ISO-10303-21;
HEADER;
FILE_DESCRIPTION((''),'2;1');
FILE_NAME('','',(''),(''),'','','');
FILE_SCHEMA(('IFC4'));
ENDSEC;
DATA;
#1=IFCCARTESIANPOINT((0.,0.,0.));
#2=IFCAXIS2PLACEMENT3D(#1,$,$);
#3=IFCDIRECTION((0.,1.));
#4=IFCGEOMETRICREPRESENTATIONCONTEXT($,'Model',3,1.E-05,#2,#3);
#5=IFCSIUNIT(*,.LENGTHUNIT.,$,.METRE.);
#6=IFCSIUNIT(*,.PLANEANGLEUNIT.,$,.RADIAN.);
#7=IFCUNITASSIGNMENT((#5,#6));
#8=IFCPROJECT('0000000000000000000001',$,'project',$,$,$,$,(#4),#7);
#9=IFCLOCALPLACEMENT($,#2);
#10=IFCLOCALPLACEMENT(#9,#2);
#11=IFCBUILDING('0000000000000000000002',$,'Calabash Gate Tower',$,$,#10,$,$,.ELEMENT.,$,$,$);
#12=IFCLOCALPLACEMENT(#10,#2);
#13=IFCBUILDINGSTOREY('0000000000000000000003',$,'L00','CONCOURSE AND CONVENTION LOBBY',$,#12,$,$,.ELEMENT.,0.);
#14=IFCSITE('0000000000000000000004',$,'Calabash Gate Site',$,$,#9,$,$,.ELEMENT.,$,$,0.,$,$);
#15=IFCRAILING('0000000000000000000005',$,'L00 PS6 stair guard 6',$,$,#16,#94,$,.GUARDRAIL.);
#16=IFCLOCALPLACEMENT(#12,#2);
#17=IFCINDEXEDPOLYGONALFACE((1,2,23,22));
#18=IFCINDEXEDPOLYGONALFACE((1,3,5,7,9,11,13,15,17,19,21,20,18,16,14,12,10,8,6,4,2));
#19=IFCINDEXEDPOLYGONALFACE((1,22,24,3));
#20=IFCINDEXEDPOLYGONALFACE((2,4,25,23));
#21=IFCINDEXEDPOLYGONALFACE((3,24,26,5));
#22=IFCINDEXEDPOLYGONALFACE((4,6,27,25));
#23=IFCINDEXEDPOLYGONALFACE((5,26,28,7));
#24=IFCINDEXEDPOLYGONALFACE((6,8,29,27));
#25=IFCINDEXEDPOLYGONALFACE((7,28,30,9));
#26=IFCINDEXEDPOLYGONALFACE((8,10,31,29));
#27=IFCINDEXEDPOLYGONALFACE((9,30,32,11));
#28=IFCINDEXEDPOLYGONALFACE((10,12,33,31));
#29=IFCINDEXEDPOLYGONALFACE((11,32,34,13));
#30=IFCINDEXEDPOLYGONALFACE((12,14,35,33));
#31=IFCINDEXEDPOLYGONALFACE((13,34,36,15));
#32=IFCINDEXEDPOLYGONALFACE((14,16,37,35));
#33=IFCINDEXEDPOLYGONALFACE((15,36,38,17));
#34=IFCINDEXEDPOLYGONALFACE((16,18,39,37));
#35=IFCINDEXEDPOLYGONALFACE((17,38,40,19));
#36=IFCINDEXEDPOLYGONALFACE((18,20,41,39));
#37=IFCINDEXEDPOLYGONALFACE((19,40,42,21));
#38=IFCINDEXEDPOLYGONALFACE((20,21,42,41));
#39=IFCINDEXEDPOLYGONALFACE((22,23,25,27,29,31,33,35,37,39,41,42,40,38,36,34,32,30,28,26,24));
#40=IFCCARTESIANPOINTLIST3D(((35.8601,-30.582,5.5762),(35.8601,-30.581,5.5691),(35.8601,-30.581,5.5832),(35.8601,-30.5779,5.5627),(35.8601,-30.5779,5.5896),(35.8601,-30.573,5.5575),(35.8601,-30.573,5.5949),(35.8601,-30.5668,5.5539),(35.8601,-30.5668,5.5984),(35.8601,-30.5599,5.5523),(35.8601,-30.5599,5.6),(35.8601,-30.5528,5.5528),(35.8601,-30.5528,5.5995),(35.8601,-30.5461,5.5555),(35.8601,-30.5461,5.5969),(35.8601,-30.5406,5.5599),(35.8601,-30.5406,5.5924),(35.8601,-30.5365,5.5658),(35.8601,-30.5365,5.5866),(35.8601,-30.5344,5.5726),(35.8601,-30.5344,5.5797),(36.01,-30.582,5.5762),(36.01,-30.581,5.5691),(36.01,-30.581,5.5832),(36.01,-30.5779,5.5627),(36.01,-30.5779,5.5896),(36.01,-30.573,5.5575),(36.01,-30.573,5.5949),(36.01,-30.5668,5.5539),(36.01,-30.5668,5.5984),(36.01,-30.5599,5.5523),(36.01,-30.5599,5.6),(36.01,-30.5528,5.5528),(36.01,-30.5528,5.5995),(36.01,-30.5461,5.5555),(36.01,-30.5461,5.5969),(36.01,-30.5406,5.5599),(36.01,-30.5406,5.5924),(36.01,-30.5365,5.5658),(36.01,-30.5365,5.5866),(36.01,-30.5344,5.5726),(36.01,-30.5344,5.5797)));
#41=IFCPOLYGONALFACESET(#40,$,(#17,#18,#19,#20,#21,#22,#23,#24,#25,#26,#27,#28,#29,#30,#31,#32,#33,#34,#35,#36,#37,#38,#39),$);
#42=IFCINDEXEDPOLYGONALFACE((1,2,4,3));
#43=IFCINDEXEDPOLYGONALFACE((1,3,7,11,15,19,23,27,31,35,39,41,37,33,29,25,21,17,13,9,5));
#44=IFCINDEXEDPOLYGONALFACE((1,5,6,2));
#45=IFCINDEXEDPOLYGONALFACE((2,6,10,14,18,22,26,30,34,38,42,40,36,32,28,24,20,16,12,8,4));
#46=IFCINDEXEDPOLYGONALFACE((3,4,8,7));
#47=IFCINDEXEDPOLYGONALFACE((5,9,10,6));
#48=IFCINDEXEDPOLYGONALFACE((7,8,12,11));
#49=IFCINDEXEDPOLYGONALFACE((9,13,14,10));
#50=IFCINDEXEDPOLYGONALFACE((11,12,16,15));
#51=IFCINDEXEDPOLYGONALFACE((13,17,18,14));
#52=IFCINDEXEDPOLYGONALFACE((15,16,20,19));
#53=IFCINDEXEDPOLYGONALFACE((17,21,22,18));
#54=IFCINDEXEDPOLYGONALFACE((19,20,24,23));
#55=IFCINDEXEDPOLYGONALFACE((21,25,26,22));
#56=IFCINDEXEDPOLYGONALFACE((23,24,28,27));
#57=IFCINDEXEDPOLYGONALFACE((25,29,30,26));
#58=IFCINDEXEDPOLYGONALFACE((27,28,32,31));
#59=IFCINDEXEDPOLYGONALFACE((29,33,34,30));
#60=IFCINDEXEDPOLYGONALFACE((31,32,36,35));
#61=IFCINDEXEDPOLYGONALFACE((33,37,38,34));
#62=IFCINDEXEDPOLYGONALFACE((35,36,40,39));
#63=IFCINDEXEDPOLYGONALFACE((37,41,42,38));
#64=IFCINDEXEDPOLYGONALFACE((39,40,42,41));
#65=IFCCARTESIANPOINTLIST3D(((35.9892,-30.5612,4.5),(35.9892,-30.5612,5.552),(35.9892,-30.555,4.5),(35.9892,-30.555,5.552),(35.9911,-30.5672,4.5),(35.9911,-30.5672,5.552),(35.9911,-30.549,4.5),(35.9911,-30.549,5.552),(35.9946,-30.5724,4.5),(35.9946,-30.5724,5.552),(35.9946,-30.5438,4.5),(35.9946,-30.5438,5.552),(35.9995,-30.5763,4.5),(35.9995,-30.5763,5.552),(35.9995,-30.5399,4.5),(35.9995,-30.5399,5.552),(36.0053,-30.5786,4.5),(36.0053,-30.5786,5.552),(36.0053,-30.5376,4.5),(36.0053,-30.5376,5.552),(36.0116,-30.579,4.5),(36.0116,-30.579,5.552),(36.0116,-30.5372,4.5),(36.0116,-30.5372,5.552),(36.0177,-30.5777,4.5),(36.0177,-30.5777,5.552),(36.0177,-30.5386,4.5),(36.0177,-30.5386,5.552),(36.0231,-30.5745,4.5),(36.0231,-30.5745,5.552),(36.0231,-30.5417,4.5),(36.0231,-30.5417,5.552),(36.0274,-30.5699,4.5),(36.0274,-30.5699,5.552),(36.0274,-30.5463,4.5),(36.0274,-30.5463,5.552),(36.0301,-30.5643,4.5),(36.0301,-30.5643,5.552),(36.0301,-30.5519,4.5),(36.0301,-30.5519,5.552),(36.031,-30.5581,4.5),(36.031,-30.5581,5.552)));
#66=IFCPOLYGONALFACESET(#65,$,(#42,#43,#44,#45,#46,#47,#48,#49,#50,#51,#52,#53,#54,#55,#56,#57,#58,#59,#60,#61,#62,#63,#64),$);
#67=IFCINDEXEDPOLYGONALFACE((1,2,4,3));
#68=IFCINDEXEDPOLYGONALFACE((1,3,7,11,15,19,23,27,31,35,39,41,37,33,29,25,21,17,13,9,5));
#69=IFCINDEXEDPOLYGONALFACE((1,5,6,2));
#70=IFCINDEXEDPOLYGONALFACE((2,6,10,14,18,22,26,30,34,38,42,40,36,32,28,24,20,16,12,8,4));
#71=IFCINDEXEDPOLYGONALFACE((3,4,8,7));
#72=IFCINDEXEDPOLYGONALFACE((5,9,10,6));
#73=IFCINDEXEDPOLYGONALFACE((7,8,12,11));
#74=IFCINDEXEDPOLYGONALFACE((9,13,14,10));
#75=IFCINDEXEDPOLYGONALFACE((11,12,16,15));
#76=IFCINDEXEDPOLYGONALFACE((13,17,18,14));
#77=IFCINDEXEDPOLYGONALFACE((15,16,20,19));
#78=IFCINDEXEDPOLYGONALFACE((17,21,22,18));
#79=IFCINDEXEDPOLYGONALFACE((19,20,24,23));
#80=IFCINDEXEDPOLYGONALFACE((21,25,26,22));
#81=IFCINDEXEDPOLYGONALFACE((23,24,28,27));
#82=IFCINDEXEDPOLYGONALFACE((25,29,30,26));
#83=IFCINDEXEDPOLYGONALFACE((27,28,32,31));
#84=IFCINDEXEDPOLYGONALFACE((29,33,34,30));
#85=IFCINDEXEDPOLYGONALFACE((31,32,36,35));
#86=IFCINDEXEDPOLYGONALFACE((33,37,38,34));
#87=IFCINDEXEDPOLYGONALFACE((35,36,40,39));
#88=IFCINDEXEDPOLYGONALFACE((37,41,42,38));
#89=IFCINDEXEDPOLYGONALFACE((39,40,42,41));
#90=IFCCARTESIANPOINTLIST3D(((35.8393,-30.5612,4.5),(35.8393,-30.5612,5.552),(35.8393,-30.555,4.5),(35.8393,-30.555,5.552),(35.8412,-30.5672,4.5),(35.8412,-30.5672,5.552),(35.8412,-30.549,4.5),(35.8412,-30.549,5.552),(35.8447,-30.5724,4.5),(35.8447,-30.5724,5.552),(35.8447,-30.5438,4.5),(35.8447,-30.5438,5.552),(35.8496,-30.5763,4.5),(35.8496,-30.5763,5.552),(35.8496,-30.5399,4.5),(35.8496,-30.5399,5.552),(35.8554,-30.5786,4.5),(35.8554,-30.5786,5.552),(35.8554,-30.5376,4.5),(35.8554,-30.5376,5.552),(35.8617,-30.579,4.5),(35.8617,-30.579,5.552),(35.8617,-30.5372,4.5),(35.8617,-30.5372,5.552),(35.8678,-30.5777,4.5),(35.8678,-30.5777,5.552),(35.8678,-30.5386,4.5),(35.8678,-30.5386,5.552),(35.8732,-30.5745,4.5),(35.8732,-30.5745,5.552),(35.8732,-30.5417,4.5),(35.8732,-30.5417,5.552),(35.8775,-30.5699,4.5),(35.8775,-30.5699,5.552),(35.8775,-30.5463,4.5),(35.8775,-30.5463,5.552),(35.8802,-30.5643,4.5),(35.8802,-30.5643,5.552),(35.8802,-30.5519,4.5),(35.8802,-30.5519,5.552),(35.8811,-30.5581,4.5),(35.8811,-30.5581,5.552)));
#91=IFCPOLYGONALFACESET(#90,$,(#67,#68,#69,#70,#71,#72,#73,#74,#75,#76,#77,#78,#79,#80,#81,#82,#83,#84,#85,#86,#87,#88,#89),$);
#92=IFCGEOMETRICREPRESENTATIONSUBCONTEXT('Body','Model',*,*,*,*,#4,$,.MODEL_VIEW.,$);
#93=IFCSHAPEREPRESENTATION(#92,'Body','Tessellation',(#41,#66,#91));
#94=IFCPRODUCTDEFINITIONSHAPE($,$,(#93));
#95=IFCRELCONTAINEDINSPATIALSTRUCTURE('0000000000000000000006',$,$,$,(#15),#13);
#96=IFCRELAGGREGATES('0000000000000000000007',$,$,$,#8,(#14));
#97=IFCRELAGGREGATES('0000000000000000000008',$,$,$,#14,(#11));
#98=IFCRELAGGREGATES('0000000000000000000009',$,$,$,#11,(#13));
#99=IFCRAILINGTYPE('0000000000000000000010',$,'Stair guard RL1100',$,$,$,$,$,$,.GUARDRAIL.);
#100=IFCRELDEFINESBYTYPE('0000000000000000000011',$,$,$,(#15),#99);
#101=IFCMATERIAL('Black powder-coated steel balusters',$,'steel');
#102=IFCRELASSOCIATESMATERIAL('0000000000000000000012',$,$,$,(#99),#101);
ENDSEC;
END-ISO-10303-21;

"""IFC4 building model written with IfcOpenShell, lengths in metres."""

from ifc_helpers import new_model, si_unit, direction, frame, origin, origin_2d, place, context, subcontext, project, spatial, circle, extrude, material, type_object, element, save


model = new_model("IFC4")

# Units and contexts
model_context = context("Model", 3, precision=1e-05, world=origin(), true_north=direction((0.0, 1.0)))
body_context = subcontext(model_context, "Body", "Model", "MODEL_VIEW")
ifc_project = project(units=[si_unit("LENGTHUNIT", "METRE"), si_unit("PLANEANGLEUNIT", "RADIAN")], contexts=[model_context])

# Site, building, storey
site_placement = place(None, origin())
site = spatial("IfcSite", under=ifc_project, at=site_placement, Name="Calabash Gate Site", CompositionType="ELEMENT", RefElevation=0.0)
building_placement = place(site_placement, origin())
building = spatial("IfcBuilding", under=site, at=building_placement, Name="Calabash Gate Tower", CompositionType="ELEMENT")
storey_placement = place(building_placement, origin())
storey = spatial("IfcBuildingStorey", under=building, at=storey_placement, Name="L00", Description="CONCOURSE AND CONVENTION LOBBY", CompositionType="ELEMENT", Elevation=0.0)

# Railing
ifc_material_1 = material(Name="Black powder-coated steel balusters", Category="steel")
railing_type_1 = type_object("IfcRailingType", Name="Stair guard RL1100", PredefinedType="GUARDRAIL", material=ifc_material_1)
railing_1_placement = place(storey_placement, frame((36.01, -30.5581, 4.5)))
element("IfcRailing", 1, at=railing_1_placement, inside=storey, type_object=railing_type_1, Name="L00 PS6 stair guard 6", PredefinedType="GUARDRAIL", context=body_context, shape_type="SweptSolid", body=[
    extrude(circle(Radius=0.0239, at=origin_2d()), frame((0.0, 0.0, 1.0762), z_axis=(-1.0, 0.0, 0.0), x_axis=(0.0, -1.0, 0.0)), (0.0, 0.0, 1.0), 0.1499),
    extrude(circle(Radius=0.021, at=origin_2d()), origin(), (0.0, 0.0, 1.0), 1.052),
    extrude(circle(Radius=0.021, at=origin_2d()), frame((-0.1499, 0.0, 0.0)), (0.0, 0.0, 1.0), 1.052),
])

save(model, "model.ifc")
